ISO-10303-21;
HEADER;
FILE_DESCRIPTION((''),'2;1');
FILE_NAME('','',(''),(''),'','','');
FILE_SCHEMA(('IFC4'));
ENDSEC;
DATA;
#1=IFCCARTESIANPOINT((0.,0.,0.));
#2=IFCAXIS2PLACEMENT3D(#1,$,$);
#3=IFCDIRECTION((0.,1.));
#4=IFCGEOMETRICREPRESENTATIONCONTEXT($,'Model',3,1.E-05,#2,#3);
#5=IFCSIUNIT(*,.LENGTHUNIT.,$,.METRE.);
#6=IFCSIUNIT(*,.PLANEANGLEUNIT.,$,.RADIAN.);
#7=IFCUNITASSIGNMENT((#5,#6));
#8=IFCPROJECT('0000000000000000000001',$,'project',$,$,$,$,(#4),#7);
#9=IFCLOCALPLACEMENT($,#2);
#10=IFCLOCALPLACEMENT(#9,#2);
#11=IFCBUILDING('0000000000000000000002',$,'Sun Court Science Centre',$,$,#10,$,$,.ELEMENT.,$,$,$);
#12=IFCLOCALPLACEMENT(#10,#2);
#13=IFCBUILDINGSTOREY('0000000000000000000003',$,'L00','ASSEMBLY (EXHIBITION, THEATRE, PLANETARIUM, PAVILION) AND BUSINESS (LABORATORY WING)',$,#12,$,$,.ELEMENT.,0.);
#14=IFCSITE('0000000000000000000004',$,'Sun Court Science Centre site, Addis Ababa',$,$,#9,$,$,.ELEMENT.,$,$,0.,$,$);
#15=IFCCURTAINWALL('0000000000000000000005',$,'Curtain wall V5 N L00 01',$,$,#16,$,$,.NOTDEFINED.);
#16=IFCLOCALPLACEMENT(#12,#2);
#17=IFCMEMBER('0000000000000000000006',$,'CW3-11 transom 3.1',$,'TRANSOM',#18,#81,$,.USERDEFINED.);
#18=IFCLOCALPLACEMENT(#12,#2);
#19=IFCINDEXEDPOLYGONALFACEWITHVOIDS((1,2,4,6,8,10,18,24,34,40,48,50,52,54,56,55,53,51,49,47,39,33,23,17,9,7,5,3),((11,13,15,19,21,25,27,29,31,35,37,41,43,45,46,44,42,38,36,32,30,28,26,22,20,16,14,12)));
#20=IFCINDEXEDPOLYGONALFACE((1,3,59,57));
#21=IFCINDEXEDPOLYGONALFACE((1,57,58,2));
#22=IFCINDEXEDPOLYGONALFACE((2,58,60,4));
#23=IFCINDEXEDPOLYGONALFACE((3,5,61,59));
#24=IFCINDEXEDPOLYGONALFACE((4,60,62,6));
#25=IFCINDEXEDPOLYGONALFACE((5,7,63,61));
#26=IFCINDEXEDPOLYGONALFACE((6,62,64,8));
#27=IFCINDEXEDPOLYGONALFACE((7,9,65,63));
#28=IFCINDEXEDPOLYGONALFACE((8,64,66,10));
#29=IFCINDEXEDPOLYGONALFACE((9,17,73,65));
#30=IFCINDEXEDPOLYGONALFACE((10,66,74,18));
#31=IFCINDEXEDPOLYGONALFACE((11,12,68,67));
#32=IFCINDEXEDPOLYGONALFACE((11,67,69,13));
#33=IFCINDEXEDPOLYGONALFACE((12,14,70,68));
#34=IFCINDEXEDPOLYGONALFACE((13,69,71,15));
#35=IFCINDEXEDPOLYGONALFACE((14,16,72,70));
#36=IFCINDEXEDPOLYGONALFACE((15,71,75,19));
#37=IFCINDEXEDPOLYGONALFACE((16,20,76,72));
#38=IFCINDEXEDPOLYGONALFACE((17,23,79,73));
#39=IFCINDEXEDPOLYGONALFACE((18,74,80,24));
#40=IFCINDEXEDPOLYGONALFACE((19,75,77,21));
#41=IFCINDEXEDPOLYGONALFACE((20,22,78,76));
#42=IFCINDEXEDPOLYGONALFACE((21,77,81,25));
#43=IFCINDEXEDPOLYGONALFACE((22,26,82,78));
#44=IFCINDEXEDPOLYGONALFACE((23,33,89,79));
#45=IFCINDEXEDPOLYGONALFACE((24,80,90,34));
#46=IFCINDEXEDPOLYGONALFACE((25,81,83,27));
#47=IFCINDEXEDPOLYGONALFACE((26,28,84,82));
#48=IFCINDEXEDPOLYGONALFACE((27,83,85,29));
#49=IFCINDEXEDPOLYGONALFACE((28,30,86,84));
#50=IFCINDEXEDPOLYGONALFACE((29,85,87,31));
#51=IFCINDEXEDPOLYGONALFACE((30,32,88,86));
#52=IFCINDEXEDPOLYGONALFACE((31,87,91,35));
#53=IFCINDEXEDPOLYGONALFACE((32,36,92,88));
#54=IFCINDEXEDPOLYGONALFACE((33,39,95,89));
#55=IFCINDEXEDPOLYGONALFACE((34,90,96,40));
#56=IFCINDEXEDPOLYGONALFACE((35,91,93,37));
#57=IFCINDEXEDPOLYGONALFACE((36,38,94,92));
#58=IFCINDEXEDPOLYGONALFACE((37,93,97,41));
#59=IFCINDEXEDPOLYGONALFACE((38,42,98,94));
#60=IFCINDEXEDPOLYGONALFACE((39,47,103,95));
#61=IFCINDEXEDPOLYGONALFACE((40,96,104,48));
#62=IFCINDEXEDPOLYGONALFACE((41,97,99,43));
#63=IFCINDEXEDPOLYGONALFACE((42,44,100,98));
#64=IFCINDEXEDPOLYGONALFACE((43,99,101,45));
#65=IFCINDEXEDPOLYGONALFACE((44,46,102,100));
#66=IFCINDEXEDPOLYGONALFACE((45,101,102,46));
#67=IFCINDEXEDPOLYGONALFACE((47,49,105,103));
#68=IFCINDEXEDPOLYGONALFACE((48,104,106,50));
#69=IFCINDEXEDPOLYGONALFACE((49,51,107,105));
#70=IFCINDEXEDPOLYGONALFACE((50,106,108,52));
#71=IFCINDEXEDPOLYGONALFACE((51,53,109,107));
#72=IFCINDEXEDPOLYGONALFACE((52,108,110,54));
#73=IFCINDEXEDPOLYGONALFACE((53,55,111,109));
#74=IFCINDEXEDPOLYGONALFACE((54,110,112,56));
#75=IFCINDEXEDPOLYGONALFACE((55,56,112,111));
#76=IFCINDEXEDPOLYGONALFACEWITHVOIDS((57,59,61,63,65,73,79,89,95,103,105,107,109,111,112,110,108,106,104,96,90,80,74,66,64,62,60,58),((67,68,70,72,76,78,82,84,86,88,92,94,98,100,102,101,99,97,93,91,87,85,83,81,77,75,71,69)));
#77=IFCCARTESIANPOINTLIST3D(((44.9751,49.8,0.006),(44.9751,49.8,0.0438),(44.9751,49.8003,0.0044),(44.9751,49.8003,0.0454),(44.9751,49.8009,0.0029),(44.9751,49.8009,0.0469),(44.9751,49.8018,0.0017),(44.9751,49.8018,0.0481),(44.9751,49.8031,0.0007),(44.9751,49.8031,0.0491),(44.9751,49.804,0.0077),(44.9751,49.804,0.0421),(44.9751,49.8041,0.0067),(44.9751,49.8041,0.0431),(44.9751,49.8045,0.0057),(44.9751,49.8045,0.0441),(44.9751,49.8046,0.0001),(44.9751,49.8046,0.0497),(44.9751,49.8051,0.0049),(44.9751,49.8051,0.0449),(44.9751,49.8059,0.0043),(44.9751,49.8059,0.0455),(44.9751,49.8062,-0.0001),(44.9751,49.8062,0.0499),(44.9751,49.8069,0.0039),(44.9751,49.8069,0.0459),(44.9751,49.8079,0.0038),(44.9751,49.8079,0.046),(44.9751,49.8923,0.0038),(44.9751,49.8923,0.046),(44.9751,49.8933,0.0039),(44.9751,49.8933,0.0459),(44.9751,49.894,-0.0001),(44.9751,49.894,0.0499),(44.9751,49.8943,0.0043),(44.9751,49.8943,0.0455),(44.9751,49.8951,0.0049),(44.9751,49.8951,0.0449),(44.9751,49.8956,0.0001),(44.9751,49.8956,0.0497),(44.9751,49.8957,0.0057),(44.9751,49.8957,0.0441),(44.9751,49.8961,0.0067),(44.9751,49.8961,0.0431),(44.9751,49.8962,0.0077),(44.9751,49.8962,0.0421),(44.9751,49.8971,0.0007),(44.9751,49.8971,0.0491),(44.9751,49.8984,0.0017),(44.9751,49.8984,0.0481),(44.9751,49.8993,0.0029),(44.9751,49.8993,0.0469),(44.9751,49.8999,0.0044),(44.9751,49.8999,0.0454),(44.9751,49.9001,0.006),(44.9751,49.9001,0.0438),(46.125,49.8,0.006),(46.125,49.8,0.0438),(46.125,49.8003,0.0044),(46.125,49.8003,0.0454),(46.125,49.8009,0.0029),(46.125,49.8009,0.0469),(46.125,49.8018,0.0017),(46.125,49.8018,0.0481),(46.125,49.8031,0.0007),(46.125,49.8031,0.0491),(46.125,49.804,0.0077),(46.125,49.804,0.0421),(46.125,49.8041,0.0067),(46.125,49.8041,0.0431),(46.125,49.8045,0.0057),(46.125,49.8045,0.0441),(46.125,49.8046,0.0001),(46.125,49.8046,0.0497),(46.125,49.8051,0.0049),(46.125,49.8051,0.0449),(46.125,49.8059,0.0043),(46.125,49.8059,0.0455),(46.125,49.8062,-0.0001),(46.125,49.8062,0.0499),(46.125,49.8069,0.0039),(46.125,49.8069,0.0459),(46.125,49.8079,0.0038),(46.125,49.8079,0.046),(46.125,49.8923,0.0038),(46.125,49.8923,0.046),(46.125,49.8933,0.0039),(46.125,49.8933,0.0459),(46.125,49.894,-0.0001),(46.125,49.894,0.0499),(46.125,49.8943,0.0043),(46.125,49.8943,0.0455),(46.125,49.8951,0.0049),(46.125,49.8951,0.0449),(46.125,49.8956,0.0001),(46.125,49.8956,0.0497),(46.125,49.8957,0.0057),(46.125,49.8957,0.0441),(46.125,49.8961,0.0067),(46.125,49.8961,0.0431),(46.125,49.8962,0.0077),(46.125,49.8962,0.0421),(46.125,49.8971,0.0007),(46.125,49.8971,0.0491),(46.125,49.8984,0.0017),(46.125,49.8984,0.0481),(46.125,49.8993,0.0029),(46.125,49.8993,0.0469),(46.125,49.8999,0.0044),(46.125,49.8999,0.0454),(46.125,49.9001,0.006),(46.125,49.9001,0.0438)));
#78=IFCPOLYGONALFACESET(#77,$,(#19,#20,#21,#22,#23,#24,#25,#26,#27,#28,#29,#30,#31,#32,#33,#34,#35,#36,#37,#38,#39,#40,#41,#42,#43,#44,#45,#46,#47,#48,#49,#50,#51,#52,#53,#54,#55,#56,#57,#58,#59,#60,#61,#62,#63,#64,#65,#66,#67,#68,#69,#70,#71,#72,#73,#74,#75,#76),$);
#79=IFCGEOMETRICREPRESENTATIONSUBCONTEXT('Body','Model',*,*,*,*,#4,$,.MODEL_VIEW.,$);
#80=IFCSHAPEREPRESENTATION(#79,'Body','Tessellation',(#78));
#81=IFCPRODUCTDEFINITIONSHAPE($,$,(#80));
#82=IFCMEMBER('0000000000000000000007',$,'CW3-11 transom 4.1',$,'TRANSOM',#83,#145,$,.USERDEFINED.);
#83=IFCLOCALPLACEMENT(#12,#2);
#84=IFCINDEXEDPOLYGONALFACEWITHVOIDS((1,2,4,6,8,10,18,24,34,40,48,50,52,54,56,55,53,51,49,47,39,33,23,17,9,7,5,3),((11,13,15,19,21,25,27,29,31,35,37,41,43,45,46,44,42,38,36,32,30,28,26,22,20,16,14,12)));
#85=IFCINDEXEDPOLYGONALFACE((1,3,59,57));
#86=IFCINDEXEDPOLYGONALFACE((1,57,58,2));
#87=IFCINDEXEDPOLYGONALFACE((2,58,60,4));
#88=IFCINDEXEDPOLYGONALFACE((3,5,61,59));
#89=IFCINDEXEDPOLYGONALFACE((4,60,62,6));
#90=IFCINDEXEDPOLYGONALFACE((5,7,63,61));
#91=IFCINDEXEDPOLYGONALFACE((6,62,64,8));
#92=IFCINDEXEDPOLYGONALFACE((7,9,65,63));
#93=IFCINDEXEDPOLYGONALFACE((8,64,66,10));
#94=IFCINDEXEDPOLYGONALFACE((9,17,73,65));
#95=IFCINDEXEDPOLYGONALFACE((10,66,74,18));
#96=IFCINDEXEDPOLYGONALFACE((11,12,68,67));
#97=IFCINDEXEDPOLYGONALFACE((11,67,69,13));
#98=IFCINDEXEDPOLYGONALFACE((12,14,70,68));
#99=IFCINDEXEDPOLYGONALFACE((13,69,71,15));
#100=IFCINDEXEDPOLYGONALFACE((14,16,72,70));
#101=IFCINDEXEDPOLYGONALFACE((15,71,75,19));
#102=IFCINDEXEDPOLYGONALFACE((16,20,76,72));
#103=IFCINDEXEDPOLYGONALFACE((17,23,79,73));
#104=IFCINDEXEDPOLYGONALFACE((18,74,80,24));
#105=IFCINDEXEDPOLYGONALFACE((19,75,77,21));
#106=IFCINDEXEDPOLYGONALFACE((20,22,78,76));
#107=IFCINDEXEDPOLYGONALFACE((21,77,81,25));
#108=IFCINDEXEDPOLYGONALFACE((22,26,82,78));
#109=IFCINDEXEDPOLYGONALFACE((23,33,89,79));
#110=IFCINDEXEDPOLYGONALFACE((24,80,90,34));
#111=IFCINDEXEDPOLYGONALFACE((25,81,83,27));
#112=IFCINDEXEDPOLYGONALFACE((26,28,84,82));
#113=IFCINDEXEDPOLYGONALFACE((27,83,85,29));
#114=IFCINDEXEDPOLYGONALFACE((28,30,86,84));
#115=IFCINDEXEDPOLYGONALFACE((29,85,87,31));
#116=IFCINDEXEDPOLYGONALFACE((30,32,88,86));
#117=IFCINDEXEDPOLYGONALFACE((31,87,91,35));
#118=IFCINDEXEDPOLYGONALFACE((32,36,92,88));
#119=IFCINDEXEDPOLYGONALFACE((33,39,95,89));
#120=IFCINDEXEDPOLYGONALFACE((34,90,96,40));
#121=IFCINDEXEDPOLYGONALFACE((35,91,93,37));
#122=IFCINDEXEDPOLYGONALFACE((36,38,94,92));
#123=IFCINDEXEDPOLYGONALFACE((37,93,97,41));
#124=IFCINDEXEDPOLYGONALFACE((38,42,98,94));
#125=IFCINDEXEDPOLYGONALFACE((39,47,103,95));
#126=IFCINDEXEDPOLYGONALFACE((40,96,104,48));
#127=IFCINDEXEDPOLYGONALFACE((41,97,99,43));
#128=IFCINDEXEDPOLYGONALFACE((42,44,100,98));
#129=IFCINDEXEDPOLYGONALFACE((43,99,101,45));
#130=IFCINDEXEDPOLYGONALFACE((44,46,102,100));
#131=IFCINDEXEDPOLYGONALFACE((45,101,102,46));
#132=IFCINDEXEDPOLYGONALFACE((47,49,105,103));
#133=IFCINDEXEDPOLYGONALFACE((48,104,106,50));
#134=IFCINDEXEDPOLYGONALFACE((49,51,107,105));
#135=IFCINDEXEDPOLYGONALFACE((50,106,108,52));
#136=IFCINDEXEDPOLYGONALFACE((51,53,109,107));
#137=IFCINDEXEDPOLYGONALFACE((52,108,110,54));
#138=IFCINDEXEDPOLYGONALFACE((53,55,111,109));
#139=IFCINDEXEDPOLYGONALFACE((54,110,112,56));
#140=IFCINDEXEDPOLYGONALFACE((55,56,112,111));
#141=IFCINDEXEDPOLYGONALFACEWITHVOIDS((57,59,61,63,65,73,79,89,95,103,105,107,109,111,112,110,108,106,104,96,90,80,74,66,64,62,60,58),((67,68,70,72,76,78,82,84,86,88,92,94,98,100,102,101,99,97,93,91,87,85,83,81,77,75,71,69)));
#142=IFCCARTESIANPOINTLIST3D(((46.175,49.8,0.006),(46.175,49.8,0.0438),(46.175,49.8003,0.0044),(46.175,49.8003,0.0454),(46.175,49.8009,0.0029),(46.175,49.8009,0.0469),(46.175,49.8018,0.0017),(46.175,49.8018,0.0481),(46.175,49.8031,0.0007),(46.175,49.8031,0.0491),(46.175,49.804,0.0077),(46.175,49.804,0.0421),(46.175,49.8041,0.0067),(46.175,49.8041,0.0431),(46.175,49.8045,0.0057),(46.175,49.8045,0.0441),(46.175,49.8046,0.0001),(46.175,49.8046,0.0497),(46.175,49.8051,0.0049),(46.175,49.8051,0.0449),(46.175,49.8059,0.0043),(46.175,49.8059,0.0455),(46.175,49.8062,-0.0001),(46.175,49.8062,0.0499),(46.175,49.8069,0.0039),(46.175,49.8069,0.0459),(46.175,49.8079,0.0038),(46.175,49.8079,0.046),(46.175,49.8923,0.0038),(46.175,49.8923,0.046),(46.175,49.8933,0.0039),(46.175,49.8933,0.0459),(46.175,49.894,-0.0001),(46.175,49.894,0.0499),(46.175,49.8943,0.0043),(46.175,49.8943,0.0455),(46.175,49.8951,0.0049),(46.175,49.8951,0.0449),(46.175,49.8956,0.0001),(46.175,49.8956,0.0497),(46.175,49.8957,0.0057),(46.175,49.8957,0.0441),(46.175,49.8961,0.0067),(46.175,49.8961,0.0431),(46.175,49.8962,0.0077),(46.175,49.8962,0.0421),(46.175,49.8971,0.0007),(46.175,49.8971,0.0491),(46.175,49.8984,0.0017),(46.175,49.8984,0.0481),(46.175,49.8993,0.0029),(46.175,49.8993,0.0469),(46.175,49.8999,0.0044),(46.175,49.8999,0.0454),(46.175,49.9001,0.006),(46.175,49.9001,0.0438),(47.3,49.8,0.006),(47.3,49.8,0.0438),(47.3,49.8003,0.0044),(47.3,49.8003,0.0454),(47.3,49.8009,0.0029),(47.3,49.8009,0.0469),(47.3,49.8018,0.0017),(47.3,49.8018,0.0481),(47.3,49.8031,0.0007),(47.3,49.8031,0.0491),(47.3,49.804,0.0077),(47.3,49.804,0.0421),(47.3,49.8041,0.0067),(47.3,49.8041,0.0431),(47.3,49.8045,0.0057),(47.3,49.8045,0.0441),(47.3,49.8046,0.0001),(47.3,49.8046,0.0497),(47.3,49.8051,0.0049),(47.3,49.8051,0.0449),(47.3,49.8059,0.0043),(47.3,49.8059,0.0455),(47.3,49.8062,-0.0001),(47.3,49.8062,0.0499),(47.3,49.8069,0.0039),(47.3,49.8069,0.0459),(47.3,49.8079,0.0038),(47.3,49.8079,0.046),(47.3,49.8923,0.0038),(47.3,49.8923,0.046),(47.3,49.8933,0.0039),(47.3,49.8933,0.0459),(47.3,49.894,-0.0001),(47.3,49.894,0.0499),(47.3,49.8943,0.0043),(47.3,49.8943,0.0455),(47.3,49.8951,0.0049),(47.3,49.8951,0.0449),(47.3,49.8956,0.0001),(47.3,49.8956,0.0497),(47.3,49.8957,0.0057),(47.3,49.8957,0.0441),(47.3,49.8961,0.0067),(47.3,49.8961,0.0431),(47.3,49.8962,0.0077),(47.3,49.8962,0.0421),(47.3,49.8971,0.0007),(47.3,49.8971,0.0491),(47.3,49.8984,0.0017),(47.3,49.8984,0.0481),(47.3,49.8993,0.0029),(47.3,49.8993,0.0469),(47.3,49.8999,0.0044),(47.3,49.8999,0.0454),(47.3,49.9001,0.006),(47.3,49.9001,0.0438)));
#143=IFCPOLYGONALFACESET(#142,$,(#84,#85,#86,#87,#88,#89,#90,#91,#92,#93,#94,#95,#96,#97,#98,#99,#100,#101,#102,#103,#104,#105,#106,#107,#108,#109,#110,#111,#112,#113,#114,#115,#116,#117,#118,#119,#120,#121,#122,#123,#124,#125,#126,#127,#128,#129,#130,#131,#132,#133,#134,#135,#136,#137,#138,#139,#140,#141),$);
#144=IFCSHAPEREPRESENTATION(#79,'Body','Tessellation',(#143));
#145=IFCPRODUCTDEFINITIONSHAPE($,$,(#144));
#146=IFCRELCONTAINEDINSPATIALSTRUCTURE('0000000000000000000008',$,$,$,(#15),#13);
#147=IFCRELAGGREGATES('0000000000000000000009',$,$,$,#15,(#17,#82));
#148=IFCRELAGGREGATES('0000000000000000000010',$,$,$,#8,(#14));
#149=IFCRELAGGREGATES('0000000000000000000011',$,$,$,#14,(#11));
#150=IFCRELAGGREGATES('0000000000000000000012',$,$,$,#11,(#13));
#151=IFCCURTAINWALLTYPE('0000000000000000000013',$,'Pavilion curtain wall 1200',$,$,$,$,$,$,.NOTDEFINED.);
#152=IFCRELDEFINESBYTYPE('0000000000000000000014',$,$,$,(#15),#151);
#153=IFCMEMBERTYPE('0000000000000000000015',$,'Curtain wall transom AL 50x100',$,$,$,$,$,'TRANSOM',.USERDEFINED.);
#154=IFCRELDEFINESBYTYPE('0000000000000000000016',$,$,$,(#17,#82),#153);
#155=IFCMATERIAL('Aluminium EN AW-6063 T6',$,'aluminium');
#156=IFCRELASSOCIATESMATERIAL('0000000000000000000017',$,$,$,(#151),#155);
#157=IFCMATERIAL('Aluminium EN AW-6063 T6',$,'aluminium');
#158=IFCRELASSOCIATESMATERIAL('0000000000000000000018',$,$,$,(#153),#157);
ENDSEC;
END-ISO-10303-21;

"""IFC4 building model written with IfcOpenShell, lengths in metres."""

from ifc_helpers import new_model, si_unit, direction, frame, origin, origin_2d, place, context, subcontext, project, spatial, hollow_rectangle, extrude, material, material_profile, profile_set, type_object, element, aggregate, save


model = new_model("IFC4")

# Units and contexts
model_context = context("Model", 3, precision=1e-05, world=origin(), true_north=direction((0.0, 1.0)))
body_context = subcontext(model_context, "Body", "Model", "MODEL_VIEW")
ifc_project = project(units=[si_unit("LENGTHUNIT", "METRE"), si_unit("PLANEANGLEUNIT", "RADIAN")], contexts=[model_context])

# Site, building, storey
site_placement = place(None, origin())
site = spatial("IfcSite", under=ifc_project, at=site_placement, Name="Sun Court Science Centre site, Addis Ababa", CompositionType="ELEMENT", RefElevation=0.0)
building_placement = place(site_placement, origin())
building = spatial("IfcBuilding", under=site, at=building_placement, Name="Sun Court Science Centre", CompositionType="ELEMENT")
storey_placement = place(building_placement, origin())
storey = spatial("IfcBuildingStorey", under=building, at=storey_placement, Name="L00", Description="ASSEMBLY (EXHIBITION, THEATRE, PLANETARIUM, PAVILION) AND BUSINESS (LABORATORY WING)", CompositionType="ELEMENT", Elevation=0.0)

# Curtain wall
ifc_material_1 = material(Name="Aluminium EN AW-6063 T6", Category="aluminium")
curtain_wall_type = type_object("IfcCurtainWallType", Name="Pavilion curtain wall 1200", PredefinedType="NOTDEFINED", material=ifc_material_1)
curtain_wall_1_placement = place(storey_placement, origin())
curtain_wall_1 = element("IfcCurtainWall", 1, at=curtain_wall_1_placement, inside=storey, type_object=curtain_wall_type, Name="Curtain wall V5 N L00 01", PredefinedType="NOTDEFINED")

# Members
ifc_material_2 = material(Name="Aluminium EN AW-6063 T6", Category="aluminium")
ifc_material_profile_1 = material_profile(ifc_material_2, hollow_rectangle(XDim=0.05, YDim=0.1001, WallThickness=0.0039, InnerFilletRadius=0.0039, OuterFilletRadius=0.0061, at=origin_2d()), Name="AL 50x100x4")
ifc_profile_set_1 = profile_set([ifc_material_profile_1], Name="Aluminium EN AW-6063 T6")
member_type_1 = type_object("IfcMemberType", Name="Curtain wall transom AL 50x100", ElementType="TRANSOM", PredefinedType="USERDEFINED", material=ifc_profile_set_1)
member_1_placement = place(storey_placement, frame((44.9751, 49.8501, 0.0249), z_axis=(1.0, 0.0, 0.0), x_axis=(0.0, 0.0, 1.0)))
member_1 = element("IfcMember", 2, at=member_1_placement, type_object=member_type_1, Name="CW3-11 transom 3.1", ObjectType="TRANSOM", PredefinedType="USERDEFINED", context=body_context, shape_type="SweptSolid", body=[
    extrude(hollow_rectangle(XDim=0.05, YDim=0.1001, WallThickness=0.0039, InnerFilletRadius=0.0039, OuterFilletRadius=0.0061, at=origin_2d()), origin(), (0.0, 0.0, 1.0), 1.1499),
])
member_2_placement = place(storey_placement, frame((46.175, 49.8501, 0.0249), z_axis=(1.0, 0.0, 0.0), x_axis=(0.0, 0.0, 1.0)))
member_2 = element("IfcMember", 3, at=member_2_placement, type_object=member_type_1, Name="CW3-11 transom 4.1", ObjectType="TRANSOM", PredefinedType="USERDEFINED", context=body_context, shape_type="SweptSolid", body=[
    extrude(hollow_rectangle(XDim=0.05, YDim=0.1001, WallThickness=0.0039, InnerFilletRadius=0.0039, OuterFilletRadius=0.0061, at=origin_2d()), origin(), (0.0, 0.0, 1.0), 1.125),
])

aggregate(curtain_wall_1, [member_1, member_2])

save(model, "model.ifc")
